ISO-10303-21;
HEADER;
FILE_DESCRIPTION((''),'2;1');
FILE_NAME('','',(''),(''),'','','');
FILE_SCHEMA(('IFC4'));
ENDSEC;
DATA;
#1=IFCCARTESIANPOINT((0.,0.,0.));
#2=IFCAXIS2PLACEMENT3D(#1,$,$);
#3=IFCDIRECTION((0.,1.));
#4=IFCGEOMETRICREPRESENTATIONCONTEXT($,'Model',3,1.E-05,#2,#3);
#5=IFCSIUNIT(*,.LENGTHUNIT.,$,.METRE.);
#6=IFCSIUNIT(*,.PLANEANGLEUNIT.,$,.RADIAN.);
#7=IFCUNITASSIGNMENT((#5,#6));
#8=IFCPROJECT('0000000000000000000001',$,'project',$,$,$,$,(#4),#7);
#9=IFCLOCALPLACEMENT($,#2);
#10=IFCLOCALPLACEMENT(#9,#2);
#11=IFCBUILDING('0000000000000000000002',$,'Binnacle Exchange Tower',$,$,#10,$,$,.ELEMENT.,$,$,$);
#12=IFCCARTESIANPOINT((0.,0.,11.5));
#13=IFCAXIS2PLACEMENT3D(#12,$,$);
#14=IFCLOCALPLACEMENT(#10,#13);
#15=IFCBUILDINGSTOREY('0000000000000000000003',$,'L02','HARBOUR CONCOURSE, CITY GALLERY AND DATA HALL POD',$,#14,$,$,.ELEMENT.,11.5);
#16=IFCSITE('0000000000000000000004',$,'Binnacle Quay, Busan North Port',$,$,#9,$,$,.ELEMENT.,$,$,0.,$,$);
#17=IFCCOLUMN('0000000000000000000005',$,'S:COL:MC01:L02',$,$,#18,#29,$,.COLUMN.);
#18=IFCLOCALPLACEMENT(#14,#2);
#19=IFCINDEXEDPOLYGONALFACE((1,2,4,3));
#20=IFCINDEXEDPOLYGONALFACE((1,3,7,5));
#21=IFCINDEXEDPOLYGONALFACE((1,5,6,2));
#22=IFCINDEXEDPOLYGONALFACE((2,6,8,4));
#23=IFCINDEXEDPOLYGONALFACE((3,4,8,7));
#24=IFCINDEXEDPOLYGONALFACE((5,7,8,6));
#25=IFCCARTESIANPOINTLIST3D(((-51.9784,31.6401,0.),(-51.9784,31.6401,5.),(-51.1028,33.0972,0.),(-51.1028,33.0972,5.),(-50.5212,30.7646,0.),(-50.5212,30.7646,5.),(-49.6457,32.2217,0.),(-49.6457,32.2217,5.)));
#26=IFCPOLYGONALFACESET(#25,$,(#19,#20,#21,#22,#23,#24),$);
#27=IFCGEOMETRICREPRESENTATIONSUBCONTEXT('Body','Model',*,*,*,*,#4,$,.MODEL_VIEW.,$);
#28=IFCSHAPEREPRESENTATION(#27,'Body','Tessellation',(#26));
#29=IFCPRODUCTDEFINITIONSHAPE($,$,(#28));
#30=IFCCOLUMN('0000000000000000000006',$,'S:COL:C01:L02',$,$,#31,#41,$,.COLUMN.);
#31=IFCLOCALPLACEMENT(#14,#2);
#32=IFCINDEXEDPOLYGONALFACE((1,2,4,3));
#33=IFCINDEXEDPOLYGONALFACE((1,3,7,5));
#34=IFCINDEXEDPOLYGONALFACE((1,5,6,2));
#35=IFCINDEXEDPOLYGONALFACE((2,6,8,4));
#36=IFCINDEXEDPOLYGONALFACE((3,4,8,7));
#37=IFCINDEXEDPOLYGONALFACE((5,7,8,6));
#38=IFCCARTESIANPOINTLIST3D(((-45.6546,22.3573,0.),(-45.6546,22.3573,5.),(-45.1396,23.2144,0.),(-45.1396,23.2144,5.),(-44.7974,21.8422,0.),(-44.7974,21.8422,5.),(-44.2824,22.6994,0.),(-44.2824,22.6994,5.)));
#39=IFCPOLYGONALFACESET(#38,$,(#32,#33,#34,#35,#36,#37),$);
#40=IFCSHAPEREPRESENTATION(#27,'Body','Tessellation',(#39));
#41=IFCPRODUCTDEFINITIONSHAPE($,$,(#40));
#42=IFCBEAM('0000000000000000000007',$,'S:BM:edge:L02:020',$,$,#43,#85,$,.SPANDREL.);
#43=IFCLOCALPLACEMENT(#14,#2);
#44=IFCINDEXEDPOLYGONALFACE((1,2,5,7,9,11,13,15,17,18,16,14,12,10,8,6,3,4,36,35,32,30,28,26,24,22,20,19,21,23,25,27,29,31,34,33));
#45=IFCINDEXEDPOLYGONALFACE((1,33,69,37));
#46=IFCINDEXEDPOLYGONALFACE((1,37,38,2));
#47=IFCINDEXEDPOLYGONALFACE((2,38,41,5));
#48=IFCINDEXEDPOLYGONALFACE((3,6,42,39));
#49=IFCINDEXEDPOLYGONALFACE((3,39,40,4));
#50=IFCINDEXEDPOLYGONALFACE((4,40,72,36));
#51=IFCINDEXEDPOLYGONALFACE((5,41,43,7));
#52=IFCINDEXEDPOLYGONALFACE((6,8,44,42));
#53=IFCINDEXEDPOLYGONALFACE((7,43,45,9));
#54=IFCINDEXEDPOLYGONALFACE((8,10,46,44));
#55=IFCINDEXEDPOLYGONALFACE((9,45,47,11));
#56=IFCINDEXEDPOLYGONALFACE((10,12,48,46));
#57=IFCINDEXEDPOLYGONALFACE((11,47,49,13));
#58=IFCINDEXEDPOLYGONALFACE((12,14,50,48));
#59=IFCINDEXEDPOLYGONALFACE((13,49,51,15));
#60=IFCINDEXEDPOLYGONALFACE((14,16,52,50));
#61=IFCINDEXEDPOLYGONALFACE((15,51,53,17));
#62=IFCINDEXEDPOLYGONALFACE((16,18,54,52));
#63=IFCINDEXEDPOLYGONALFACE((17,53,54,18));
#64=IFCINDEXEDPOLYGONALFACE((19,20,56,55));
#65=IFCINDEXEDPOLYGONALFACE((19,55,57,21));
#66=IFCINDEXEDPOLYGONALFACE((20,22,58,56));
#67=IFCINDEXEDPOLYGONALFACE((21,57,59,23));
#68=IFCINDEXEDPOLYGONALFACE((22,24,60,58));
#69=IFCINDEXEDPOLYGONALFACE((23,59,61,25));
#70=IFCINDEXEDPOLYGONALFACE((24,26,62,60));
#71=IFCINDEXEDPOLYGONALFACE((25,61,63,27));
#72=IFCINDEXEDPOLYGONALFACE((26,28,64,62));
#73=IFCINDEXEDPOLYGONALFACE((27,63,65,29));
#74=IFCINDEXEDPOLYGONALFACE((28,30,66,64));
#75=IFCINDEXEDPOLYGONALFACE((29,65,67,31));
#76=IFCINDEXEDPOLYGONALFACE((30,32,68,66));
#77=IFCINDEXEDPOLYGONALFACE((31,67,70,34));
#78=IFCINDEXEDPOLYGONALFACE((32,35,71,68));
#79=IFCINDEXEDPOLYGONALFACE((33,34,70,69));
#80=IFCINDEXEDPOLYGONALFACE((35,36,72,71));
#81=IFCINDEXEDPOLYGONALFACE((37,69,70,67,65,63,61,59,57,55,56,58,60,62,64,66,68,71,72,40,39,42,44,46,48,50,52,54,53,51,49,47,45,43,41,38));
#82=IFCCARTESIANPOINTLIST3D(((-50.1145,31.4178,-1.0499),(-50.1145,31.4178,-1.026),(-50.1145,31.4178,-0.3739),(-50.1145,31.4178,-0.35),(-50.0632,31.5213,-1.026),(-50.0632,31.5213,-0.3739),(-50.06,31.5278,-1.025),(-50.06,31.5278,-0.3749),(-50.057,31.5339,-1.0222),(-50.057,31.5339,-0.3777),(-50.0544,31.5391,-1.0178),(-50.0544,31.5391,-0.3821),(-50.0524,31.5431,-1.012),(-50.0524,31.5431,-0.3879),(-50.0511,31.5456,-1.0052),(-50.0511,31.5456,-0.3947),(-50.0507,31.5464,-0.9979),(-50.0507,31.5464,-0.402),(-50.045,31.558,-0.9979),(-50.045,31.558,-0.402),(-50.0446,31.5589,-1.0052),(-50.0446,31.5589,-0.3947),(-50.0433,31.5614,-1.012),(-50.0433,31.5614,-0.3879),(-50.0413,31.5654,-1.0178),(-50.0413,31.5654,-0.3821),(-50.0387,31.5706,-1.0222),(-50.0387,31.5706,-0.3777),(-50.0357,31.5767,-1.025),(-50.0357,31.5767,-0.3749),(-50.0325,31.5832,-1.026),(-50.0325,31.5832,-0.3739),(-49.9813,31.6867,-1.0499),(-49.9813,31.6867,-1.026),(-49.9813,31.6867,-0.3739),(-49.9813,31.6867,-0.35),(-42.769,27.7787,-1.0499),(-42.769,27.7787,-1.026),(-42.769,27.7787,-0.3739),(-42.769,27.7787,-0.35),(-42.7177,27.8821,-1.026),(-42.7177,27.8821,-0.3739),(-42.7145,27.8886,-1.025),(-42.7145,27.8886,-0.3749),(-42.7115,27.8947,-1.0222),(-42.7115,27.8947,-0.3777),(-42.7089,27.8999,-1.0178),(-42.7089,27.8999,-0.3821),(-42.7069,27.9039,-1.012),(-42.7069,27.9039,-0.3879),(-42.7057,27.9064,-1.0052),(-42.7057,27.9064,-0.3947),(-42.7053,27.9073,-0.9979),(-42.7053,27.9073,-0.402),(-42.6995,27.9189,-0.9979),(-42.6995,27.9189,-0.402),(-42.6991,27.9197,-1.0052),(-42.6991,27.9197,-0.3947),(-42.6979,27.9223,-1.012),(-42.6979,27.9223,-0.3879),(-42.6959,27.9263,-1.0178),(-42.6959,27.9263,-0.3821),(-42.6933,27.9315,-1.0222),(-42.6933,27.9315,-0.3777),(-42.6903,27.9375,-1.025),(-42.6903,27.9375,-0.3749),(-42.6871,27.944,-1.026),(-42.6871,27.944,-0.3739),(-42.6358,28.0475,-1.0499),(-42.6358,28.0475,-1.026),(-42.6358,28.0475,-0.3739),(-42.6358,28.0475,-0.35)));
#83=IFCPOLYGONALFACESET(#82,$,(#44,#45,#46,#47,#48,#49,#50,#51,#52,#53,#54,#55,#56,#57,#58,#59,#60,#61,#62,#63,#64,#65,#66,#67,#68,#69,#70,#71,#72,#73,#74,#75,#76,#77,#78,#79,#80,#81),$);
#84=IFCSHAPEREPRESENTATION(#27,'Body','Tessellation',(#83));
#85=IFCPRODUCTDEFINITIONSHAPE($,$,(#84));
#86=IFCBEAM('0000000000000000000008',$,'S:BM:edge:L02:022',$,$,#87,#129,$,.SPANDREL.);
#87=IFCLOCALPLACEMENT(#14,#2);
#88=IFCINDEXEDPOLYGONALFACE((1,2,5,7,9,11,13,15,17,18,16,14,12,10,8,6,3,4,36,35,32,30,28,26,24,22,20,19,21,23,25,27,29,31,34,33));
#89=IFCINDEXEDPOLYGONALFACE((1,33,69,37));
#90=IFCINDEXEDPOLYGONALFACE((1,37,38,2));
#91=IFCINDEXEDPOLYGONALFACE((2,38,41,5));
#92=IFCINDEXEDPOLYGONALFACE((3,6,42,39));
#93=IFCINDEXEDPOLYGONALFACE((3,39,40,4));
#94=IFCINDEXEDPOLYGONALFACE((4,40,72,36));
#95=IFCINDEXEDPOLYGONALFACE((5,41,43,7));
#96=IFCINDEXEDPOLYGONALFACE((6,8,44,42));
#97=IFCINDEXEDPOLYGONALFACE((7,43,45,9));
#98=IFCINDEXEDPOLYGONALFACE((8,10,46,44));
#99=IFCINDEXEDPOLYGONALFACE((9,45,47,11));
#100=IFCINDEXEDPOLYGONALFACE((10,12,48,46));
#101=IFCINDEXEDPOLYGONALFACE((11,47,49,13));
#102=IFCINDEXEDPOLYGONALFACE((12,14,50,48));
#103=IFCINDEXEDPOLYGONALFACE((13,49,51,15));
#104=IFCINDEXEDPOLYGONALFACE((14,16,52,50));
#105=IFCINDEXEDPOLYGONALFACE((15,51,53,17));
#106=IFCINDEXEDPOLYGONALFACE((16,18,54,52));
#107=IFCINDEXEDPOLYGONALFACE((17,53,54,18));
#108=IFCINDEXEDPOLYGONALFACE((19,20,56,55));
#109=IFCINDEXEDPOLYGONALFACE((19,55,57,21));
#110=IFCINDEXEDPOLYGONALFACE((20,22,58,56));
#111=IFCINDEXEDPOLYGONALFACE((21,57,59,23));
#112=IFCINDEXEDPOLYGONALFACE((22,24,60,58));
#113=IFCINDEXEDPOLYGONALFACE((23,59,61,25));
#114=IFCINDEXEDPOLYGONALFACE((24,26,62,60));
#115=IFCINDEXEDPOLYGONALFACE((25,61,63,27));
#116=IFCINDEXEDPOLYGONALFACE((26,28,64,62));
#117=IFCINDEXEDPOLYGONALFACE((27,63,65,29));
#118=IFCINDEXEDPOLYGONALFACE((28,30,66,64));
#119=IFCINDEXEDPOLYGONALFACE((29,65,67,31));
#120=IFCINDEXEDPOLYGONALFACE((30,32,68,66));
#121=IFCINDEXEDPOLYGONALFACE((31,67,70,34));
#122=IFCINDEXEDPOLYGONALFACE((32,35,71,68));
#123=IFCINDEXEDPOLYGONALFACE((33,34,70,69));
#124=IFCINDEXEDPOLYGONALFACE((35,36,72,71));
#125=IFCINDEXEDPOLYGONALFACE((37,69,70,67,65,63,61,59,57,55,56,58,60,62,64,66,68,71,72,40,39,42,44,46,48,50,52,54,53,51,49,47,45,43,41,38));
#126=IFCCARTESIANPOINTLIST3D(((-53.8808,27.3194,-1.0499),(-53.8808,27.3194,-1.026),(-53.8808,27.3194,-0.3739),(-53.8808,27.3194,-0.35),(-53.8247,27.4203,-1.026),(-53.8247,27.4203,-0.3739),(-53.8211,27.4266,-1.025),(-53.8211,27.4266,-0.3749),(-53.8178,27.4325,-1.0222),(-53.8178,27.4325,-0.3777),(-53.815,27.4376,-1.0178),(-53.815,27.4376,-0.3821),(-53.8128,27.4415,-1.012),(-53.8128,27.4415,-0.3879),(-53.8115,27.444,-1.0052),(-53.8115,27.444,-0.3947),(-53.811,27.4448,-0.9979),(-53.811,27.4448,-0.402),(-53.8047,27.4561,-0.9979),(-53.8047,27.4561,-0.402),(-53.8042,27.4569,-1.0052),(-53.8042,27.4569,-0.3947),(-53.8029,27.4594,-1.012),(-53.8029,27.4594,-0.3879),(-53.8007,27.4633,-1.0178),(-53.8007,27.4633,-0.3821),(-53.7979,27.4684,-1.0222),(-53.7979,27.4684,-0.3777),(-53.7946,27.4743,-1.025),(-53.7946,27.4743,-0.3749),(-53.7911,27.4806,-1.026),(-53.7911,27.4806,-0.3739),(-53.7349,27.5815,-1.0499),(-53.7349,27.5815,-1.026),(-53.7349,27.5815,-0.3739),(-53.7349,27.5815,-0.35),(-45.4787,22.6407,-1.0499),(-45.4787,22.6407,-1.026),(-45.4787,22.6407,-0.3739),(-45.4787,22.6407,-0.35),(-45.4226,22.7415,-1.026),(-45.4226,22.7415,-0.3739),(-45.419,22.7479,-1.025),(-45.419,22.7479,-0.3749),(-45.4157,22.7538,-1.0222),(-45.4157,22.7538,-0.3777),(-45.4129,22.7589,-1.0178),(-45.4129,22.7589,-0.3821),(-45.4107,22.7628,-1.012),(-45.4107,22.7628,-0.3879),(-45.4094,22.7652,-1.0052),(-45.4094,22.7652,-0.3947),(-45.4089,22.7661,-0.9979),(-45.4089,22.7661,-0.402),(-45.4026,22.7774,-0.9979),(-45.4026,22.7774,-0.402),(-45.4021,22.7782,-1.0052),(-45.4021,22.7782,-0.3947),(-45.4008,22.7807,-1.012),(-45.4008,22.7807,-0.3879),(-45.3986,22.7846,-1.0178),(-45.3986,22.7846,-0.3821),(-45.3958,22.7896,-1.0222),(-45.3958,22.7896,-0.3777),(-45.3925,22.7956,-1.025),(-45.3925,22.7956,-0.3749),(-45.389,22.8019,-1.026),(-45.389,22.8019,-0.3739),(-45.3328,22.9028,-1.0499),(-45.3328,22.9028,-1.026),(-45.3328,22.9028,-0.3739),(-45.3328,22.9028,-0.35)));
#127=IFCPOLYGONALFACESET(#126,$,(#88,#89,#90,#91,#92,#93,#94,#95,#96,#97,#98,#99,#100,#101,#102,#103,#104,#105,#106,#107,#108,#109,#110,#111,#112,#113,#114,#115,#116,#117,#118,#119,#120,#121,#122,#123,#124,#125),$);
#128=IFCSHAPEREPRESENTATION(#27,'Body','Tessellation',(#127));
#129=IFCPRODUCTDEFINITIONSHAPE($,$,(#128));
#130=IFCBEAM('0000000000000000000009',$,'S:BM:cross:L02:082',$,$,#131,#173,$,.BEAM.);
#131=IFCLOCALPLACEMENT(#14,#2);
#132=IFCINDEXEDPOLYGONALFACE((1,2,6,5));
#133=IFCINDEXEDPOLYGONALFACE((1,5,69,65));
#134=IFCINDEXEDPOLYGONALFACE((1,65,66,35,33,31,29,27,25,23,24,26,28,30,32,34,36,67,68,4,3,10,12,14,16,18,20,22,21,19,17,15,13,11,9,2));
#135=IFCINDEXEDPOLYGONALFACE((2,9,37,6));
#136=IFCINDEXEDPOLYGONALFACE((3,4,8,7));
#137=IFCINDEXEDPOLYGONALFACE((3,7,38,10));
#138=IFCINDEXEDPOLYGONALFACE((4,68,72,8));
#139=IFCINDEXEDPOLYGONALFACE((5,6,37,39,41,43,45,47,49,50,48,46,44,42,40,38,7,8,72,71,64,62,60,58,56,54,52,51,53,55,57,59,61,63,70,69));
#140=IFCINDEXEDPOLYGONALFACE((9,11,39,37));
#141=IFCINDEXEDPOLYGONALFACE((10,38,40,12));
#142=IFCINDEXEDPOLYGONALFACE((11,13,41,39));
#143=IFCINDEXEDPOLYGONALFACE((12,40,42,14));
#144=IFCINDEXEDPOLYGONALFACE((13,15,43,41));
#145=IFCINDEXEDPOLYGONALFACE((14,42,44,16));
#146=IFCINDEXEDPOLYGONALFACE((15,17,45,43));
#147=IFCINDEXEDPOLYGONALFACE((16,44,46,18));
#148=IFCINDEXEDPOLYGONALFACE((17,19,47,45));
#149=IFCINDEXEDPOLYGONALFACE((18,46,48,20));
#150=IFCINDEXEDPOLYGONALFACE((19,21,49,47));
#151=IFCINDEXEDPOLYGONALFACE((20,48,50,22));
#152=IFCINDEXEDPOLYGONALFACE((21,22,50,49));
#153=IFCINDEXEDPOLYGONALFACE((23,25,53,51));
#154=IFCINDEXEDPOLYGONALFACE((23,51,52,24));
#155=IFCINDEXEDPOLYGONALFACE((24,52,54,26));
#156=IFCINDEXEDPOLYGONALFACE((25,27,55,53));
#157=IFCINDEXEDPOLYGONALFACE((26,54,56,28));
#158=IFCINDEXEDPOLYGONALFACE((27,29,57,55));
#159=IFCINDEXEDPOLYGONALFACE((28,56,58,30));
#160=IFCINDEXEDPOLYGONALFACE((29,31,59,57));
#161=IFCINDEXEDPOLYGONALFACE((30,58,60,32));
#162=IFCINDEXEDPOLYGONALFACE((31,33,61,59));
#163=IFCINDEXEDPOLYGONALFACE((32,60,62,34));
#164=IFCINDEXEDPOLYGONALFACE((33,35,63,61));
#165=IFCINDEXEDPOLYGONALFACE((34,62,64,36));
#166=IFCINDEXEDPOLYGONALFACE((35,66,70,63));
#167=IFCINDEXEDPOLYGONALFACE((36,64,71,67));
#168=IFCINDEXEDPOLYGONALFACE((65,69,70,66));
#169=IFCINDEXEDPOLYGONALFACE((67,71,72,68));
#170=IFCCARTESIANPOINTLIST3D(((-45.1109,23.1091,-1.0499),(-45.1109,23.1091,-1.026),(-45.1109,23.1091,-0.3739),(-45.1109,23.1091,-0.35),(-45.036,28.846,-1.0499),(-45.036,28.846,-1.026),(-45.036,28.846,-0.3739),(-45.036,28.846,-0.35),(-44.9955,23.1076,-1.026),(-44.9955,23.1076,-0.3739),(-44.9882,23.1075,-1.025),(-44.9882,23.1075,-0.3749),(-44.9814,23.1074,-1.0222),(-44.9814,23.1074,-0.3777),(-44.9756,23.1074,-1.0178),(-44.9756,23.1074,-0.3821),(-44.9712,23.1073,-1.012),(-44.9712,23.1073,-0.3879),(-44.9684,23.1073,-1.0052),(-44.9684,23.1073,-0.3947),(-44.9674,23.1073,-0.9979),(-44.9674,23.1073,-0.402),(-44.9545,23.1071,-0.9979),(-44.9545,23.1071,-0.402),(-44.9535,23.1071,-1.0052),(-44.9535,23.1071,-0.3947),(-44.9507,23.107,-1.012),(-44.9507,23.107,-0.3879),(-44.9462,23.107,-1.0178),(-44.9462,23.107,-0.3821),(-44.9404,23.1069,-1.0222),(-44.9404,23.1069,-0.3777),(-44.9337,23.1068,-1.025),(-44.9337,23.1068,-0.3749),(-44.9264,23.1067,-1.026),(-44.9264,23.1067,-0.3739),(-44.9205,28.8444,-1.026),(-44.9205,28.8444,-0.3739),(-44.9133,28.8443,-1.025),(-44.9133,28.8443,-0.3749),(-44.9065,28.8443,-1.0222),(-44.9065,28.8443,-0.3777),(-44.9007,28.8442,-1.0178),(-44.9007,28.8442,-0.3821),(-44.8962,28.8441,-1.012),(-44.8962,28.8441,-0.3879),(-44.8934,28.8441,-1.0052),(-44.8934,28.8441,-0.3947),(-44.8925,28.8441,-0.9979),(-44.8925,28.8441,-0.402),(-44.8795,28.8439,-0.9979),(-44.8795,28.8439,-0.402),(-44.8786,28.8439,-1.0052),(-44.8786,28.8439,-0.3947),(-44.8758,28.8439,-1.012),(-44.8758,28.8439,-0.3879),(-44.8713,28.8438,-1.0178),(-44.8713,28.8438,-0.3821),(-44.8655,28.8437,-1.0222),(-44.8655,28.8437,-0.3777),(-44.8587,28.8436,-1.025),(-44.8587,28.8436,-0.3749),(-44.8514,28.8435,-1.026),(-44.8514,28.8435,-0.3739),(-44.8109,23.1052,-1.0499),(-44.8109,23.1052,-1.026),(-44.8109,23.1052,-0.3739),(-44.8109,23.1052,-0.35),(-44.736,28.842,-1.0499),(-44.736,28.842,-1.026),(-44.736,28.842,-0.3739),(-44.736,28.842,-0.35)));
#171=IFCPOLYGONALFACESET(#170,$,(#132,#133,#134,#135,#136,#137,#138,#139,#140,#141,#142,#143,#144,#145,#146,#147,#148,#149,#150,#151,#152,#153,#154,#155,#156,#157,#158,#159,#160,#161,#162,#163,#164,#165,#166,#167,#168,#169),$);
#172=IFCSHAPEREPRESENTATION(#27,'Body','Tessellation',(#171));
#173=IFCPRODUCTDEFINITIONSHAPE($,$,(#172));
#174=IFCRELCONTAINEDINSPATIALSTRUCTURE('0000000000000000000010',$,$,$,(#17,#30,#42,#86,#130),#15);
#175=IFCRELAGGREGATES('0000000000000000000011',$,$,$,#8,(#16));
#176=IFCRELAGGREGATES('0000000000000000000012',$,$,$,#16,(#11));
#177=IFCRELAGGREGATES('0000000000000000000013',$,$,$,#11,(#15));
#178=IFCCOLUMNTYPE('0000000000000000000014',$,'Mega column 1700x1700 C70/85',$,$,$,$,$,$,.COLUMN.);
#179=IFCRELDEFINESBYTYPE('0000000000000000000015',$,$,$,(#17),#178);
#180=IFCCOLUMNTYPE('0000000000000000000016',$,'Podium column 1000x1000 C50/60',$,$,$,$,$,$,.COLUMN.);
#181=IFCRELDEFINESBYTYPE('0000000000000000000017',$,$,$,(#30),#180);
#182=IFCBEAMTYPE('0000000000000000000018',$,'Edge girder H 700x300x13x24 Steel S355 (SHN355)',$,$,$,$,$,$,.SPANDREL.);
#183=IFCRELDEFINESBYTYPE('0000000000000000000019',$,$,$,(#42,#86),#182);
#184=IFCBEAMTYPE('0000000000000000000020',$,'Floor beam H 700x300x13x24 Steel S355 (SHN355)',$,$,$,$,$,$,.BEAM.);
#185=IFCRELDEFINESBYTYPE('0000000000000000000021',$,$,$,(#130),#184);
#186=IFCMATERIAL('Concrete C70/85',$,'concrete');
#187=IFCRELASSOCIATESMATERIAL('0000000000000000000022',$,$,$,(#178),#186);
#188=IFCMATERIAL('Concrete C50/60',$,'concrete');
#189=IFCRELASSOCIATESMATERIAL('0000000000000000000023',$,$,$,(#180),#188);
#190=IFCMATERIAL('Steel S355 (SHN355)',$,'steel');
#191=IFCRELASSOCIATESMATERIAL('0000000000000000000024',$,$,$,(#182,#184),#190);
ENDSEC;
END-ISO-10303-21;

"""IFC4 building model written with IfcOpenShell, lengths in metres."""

from ifc_helpers import new_model, si_unit, direction, frame, origin, origin_2d, place, context, subcontext, project, spatial, rectangle, i_section, extrude, material, material_profile, profile_set, type_object, element, save


model = new_model("IFC4")

# Units and contexts
model_context = context("Model", 3, precision=1e-05, world=origin(), true_north=direction((0.0, 1.0)))
body_context = subcontext(model_context, "Body", "Model", "MODEL_VIEW")
ifc_project = project(units=[si_unit("LENGTHUNIT", "METRE"), si_unit("PLANEANGLEUNIT", "RADIAN")], contexts=[model_context])

# Site, building, storey
site_placement = place(None, origin())
site = spatial("IfcSite", under=ifc_project, at=site_placement, Name="Binnacle Quay, Busan North Port", CompositionType="ELEMENT", RefElevation=0.0)
building_placement = place(site_placement, origin())
building = spatial("IfcBuilding", under=site, at=building_placement, Name="Binnacle Exchange Tower", CompositionType="ELEMENT")
storey_placement = place(building_placement, frame((0.0, 0.0, 11.5)))
storey = spatial("IfcBuildingStorey", under=building, at=storey_placement, Name="L02", Description="HARBOUR CONCOURSE, CITY GALLERY AND DATA HALL POD", CompositionType="ELEMENT", Elevation=11.5)

# Columns
ifc_material_1 = material(Name="Concrete C70/85", Category="concrete")
ifc_material_profile_1 = material_profile(ifc_material_1, rectangle(XDim=1.7, YDim=1.7, at=origin_2d()), Name="Mega column 1700x1700 C70/85")
ifc_profile_set_1 = profile_set([ifc_material_profile_1], Name="Concrete C70/85")
column_type_1 = type_object("IfcColumnType", Name="Mega column 1700x1700 C70/85", PredefinedType="COLUMN", material=ifc_profile_set_1)
column_1_placement = place(storey_placement, frame((-50.812, 31.9309, 0.0), z_axis=(0.0, 0.0, 1.0), x_axis=(0.857167, -0.515038, 0.0)))
element("IfcColumn", 1, at=column_1_placement, inside=storey, type_object=column_type_1, Name="S:COL:MC01:L02", PredefinedType="COLUMN", context=body_context, shape_type="SweptSolid", body=[
    extrude(rectangle(XDim=1.7, YDim=1.7, at=origin_2d()), origin(), (0.0, 0.0, 1.0), 5.0),
])
ifc_material_2 = material(Name="Concrete C50/60", Category="concrete")
ifc_material_profile_2 = material_profile(ifc_material_2, rectangle(XDim=1.0, YDim=1.0, at=origin_2d()), Name="Podium column 1000x1000 C50/60")
ifc_profile_set_2 = profile_set([ifc_material_profile_2], Name="Concrete C50/60")
column_type_2 = type_object("IfcColumnType", Name="Podium column 1000x1000 C50/60", PredefinedType="COLUMN", material=ifc_profile_set_2)
column_2_placement = place(storey_placement, frame((-44.9685, 22.5283, 0.0), z_axis=(0.0, 0.0, 1.0), x_axis=(0.857167, -0.515038, 0.0)))
element("IfcColumn", 2, at=column_2_placement, inside=storey, type_object=column_type_2, Name="S:COL:C01:L02", PredefinedType="COLUMN", context=body_context, shape_type="SweptSolid", body=[
    extrude(rectangle(XDim=1.0, YDim=1.0, at=origin_2d()), origin(), (0.0, 0.0, 1.0), 5.0),
])

# Beams
ifc_material_3 = material(Name="Steel S355 (SHN355)", Category="steel")
ifc_material_profile_3 = material_profile(ifc_material_3, i_section(OverallWidth=0.3, OverallDepth=0.7, WebThickness=0.0129, FlangeThickness=0.0239, FilletRadius=0.0281, at=origin_2d()), Name="H 700x300x13x24")
ifc_profile_set_3 = profile_set([ifc_material_profile_3], Name="Steel S355 (SHN355)")
beam_type_1 = type_object("IfcBeamType", Name="Edge girder H 700x300x13x24 Steel S355 (SHN355)", PredefinedType="SPANDREL", material=ifc_profile_set_3)
beam_1_placement = place(storey_placement, frame((-50.0479, 31.5522, -0.7), z_axis=(0.896059, -0.443935, 0.0), x_axis=(0.443935, 0.896059, 0.0)))
element("IfcBeam", 3, at=beam_1_placement, inside=storey, type_object=beam_type_1, Name="S:BM:edge:L02:020", PredefinedType="SPANDREL", context=body_context, shape_type="SweptSolid", body=[
    extrude(i_section(OverallWidth=0.3, OverallDepth=0.7, WebThickness=0.0129, FlangeThickness=0.0239, FilletRadius=0.0281, at=origin_2d()), origin(), (0.0, 0.0, 1.0), 8.1975),
])
beam_2_placement = place(storey_placement, frame((-45.4058, 22.7717, -0.7), z_axis=(-0.873677, 0.486507, 0.0), x_axis=(-0.486507, -0.873677, 0.0)))
element("IfcBeam", 4, at=beam_2_placement, inside=storey, type_object=beam_type_1, Name="S:BM:edge:L02:022", PredefinedType="SPANDREL", context=body_context, shape_type="SweptSolid", body=[
    extrude(i_section(OverallWidth=0.3, OverallDepth=0.7, WebThickness=0.0129, FlangeThickness=0.0239, FilletRadius=0.0281, at=origin_2d()), origin(), (0.0, 0.0, 1.0), 9.6169),
])
ifc_material_profile_4 = material_profile(ifc_material_3, i_section(OverallWidth=0.3, OverallDepth=0.7, WebThickness=0.0129, FlangeThickness=0.0239, FilletRadius=0.0281, at=origin_2d()), Name="H 700x300x13x24")
ifc_profile_set_4 = profile_set([ifc_material_profile_4], Name="Steel S355 (SHN355)")
beam_type_2 = type_object("IfcBeamType", Name="Floor beam H 700x300x13x24 Steel S355 (SHN355)", PredefinedType="BEAM", material=ifc_profile_set_4)
beam_3_placement = place(storey_placement, frame((-44.9609, 23.1072, -0.7), z_axis=(0.013064, 0.999915, 0.0), x_axis=(-0.999915, 0.013064, 0.0)))
element("IfcBeam", 5, at=beam_3_placement, inside=storey, type_object=beam_type_2, Name="S:BM:cross:L02:082", PredefinedType="BEAM", context=body_context, shape_type="SweptSolid", body=[
    extrude(i_section(OverallWidth=0.3, OverallDepth=0.7, WebThickness=0.0129, FlangeThickness=0.0239, FilletRadius=0.0281, at=origin_2d()), origin(), (0.0, 0.0, 1.0), 5.7373),
])

save(model, "model.ifc")
